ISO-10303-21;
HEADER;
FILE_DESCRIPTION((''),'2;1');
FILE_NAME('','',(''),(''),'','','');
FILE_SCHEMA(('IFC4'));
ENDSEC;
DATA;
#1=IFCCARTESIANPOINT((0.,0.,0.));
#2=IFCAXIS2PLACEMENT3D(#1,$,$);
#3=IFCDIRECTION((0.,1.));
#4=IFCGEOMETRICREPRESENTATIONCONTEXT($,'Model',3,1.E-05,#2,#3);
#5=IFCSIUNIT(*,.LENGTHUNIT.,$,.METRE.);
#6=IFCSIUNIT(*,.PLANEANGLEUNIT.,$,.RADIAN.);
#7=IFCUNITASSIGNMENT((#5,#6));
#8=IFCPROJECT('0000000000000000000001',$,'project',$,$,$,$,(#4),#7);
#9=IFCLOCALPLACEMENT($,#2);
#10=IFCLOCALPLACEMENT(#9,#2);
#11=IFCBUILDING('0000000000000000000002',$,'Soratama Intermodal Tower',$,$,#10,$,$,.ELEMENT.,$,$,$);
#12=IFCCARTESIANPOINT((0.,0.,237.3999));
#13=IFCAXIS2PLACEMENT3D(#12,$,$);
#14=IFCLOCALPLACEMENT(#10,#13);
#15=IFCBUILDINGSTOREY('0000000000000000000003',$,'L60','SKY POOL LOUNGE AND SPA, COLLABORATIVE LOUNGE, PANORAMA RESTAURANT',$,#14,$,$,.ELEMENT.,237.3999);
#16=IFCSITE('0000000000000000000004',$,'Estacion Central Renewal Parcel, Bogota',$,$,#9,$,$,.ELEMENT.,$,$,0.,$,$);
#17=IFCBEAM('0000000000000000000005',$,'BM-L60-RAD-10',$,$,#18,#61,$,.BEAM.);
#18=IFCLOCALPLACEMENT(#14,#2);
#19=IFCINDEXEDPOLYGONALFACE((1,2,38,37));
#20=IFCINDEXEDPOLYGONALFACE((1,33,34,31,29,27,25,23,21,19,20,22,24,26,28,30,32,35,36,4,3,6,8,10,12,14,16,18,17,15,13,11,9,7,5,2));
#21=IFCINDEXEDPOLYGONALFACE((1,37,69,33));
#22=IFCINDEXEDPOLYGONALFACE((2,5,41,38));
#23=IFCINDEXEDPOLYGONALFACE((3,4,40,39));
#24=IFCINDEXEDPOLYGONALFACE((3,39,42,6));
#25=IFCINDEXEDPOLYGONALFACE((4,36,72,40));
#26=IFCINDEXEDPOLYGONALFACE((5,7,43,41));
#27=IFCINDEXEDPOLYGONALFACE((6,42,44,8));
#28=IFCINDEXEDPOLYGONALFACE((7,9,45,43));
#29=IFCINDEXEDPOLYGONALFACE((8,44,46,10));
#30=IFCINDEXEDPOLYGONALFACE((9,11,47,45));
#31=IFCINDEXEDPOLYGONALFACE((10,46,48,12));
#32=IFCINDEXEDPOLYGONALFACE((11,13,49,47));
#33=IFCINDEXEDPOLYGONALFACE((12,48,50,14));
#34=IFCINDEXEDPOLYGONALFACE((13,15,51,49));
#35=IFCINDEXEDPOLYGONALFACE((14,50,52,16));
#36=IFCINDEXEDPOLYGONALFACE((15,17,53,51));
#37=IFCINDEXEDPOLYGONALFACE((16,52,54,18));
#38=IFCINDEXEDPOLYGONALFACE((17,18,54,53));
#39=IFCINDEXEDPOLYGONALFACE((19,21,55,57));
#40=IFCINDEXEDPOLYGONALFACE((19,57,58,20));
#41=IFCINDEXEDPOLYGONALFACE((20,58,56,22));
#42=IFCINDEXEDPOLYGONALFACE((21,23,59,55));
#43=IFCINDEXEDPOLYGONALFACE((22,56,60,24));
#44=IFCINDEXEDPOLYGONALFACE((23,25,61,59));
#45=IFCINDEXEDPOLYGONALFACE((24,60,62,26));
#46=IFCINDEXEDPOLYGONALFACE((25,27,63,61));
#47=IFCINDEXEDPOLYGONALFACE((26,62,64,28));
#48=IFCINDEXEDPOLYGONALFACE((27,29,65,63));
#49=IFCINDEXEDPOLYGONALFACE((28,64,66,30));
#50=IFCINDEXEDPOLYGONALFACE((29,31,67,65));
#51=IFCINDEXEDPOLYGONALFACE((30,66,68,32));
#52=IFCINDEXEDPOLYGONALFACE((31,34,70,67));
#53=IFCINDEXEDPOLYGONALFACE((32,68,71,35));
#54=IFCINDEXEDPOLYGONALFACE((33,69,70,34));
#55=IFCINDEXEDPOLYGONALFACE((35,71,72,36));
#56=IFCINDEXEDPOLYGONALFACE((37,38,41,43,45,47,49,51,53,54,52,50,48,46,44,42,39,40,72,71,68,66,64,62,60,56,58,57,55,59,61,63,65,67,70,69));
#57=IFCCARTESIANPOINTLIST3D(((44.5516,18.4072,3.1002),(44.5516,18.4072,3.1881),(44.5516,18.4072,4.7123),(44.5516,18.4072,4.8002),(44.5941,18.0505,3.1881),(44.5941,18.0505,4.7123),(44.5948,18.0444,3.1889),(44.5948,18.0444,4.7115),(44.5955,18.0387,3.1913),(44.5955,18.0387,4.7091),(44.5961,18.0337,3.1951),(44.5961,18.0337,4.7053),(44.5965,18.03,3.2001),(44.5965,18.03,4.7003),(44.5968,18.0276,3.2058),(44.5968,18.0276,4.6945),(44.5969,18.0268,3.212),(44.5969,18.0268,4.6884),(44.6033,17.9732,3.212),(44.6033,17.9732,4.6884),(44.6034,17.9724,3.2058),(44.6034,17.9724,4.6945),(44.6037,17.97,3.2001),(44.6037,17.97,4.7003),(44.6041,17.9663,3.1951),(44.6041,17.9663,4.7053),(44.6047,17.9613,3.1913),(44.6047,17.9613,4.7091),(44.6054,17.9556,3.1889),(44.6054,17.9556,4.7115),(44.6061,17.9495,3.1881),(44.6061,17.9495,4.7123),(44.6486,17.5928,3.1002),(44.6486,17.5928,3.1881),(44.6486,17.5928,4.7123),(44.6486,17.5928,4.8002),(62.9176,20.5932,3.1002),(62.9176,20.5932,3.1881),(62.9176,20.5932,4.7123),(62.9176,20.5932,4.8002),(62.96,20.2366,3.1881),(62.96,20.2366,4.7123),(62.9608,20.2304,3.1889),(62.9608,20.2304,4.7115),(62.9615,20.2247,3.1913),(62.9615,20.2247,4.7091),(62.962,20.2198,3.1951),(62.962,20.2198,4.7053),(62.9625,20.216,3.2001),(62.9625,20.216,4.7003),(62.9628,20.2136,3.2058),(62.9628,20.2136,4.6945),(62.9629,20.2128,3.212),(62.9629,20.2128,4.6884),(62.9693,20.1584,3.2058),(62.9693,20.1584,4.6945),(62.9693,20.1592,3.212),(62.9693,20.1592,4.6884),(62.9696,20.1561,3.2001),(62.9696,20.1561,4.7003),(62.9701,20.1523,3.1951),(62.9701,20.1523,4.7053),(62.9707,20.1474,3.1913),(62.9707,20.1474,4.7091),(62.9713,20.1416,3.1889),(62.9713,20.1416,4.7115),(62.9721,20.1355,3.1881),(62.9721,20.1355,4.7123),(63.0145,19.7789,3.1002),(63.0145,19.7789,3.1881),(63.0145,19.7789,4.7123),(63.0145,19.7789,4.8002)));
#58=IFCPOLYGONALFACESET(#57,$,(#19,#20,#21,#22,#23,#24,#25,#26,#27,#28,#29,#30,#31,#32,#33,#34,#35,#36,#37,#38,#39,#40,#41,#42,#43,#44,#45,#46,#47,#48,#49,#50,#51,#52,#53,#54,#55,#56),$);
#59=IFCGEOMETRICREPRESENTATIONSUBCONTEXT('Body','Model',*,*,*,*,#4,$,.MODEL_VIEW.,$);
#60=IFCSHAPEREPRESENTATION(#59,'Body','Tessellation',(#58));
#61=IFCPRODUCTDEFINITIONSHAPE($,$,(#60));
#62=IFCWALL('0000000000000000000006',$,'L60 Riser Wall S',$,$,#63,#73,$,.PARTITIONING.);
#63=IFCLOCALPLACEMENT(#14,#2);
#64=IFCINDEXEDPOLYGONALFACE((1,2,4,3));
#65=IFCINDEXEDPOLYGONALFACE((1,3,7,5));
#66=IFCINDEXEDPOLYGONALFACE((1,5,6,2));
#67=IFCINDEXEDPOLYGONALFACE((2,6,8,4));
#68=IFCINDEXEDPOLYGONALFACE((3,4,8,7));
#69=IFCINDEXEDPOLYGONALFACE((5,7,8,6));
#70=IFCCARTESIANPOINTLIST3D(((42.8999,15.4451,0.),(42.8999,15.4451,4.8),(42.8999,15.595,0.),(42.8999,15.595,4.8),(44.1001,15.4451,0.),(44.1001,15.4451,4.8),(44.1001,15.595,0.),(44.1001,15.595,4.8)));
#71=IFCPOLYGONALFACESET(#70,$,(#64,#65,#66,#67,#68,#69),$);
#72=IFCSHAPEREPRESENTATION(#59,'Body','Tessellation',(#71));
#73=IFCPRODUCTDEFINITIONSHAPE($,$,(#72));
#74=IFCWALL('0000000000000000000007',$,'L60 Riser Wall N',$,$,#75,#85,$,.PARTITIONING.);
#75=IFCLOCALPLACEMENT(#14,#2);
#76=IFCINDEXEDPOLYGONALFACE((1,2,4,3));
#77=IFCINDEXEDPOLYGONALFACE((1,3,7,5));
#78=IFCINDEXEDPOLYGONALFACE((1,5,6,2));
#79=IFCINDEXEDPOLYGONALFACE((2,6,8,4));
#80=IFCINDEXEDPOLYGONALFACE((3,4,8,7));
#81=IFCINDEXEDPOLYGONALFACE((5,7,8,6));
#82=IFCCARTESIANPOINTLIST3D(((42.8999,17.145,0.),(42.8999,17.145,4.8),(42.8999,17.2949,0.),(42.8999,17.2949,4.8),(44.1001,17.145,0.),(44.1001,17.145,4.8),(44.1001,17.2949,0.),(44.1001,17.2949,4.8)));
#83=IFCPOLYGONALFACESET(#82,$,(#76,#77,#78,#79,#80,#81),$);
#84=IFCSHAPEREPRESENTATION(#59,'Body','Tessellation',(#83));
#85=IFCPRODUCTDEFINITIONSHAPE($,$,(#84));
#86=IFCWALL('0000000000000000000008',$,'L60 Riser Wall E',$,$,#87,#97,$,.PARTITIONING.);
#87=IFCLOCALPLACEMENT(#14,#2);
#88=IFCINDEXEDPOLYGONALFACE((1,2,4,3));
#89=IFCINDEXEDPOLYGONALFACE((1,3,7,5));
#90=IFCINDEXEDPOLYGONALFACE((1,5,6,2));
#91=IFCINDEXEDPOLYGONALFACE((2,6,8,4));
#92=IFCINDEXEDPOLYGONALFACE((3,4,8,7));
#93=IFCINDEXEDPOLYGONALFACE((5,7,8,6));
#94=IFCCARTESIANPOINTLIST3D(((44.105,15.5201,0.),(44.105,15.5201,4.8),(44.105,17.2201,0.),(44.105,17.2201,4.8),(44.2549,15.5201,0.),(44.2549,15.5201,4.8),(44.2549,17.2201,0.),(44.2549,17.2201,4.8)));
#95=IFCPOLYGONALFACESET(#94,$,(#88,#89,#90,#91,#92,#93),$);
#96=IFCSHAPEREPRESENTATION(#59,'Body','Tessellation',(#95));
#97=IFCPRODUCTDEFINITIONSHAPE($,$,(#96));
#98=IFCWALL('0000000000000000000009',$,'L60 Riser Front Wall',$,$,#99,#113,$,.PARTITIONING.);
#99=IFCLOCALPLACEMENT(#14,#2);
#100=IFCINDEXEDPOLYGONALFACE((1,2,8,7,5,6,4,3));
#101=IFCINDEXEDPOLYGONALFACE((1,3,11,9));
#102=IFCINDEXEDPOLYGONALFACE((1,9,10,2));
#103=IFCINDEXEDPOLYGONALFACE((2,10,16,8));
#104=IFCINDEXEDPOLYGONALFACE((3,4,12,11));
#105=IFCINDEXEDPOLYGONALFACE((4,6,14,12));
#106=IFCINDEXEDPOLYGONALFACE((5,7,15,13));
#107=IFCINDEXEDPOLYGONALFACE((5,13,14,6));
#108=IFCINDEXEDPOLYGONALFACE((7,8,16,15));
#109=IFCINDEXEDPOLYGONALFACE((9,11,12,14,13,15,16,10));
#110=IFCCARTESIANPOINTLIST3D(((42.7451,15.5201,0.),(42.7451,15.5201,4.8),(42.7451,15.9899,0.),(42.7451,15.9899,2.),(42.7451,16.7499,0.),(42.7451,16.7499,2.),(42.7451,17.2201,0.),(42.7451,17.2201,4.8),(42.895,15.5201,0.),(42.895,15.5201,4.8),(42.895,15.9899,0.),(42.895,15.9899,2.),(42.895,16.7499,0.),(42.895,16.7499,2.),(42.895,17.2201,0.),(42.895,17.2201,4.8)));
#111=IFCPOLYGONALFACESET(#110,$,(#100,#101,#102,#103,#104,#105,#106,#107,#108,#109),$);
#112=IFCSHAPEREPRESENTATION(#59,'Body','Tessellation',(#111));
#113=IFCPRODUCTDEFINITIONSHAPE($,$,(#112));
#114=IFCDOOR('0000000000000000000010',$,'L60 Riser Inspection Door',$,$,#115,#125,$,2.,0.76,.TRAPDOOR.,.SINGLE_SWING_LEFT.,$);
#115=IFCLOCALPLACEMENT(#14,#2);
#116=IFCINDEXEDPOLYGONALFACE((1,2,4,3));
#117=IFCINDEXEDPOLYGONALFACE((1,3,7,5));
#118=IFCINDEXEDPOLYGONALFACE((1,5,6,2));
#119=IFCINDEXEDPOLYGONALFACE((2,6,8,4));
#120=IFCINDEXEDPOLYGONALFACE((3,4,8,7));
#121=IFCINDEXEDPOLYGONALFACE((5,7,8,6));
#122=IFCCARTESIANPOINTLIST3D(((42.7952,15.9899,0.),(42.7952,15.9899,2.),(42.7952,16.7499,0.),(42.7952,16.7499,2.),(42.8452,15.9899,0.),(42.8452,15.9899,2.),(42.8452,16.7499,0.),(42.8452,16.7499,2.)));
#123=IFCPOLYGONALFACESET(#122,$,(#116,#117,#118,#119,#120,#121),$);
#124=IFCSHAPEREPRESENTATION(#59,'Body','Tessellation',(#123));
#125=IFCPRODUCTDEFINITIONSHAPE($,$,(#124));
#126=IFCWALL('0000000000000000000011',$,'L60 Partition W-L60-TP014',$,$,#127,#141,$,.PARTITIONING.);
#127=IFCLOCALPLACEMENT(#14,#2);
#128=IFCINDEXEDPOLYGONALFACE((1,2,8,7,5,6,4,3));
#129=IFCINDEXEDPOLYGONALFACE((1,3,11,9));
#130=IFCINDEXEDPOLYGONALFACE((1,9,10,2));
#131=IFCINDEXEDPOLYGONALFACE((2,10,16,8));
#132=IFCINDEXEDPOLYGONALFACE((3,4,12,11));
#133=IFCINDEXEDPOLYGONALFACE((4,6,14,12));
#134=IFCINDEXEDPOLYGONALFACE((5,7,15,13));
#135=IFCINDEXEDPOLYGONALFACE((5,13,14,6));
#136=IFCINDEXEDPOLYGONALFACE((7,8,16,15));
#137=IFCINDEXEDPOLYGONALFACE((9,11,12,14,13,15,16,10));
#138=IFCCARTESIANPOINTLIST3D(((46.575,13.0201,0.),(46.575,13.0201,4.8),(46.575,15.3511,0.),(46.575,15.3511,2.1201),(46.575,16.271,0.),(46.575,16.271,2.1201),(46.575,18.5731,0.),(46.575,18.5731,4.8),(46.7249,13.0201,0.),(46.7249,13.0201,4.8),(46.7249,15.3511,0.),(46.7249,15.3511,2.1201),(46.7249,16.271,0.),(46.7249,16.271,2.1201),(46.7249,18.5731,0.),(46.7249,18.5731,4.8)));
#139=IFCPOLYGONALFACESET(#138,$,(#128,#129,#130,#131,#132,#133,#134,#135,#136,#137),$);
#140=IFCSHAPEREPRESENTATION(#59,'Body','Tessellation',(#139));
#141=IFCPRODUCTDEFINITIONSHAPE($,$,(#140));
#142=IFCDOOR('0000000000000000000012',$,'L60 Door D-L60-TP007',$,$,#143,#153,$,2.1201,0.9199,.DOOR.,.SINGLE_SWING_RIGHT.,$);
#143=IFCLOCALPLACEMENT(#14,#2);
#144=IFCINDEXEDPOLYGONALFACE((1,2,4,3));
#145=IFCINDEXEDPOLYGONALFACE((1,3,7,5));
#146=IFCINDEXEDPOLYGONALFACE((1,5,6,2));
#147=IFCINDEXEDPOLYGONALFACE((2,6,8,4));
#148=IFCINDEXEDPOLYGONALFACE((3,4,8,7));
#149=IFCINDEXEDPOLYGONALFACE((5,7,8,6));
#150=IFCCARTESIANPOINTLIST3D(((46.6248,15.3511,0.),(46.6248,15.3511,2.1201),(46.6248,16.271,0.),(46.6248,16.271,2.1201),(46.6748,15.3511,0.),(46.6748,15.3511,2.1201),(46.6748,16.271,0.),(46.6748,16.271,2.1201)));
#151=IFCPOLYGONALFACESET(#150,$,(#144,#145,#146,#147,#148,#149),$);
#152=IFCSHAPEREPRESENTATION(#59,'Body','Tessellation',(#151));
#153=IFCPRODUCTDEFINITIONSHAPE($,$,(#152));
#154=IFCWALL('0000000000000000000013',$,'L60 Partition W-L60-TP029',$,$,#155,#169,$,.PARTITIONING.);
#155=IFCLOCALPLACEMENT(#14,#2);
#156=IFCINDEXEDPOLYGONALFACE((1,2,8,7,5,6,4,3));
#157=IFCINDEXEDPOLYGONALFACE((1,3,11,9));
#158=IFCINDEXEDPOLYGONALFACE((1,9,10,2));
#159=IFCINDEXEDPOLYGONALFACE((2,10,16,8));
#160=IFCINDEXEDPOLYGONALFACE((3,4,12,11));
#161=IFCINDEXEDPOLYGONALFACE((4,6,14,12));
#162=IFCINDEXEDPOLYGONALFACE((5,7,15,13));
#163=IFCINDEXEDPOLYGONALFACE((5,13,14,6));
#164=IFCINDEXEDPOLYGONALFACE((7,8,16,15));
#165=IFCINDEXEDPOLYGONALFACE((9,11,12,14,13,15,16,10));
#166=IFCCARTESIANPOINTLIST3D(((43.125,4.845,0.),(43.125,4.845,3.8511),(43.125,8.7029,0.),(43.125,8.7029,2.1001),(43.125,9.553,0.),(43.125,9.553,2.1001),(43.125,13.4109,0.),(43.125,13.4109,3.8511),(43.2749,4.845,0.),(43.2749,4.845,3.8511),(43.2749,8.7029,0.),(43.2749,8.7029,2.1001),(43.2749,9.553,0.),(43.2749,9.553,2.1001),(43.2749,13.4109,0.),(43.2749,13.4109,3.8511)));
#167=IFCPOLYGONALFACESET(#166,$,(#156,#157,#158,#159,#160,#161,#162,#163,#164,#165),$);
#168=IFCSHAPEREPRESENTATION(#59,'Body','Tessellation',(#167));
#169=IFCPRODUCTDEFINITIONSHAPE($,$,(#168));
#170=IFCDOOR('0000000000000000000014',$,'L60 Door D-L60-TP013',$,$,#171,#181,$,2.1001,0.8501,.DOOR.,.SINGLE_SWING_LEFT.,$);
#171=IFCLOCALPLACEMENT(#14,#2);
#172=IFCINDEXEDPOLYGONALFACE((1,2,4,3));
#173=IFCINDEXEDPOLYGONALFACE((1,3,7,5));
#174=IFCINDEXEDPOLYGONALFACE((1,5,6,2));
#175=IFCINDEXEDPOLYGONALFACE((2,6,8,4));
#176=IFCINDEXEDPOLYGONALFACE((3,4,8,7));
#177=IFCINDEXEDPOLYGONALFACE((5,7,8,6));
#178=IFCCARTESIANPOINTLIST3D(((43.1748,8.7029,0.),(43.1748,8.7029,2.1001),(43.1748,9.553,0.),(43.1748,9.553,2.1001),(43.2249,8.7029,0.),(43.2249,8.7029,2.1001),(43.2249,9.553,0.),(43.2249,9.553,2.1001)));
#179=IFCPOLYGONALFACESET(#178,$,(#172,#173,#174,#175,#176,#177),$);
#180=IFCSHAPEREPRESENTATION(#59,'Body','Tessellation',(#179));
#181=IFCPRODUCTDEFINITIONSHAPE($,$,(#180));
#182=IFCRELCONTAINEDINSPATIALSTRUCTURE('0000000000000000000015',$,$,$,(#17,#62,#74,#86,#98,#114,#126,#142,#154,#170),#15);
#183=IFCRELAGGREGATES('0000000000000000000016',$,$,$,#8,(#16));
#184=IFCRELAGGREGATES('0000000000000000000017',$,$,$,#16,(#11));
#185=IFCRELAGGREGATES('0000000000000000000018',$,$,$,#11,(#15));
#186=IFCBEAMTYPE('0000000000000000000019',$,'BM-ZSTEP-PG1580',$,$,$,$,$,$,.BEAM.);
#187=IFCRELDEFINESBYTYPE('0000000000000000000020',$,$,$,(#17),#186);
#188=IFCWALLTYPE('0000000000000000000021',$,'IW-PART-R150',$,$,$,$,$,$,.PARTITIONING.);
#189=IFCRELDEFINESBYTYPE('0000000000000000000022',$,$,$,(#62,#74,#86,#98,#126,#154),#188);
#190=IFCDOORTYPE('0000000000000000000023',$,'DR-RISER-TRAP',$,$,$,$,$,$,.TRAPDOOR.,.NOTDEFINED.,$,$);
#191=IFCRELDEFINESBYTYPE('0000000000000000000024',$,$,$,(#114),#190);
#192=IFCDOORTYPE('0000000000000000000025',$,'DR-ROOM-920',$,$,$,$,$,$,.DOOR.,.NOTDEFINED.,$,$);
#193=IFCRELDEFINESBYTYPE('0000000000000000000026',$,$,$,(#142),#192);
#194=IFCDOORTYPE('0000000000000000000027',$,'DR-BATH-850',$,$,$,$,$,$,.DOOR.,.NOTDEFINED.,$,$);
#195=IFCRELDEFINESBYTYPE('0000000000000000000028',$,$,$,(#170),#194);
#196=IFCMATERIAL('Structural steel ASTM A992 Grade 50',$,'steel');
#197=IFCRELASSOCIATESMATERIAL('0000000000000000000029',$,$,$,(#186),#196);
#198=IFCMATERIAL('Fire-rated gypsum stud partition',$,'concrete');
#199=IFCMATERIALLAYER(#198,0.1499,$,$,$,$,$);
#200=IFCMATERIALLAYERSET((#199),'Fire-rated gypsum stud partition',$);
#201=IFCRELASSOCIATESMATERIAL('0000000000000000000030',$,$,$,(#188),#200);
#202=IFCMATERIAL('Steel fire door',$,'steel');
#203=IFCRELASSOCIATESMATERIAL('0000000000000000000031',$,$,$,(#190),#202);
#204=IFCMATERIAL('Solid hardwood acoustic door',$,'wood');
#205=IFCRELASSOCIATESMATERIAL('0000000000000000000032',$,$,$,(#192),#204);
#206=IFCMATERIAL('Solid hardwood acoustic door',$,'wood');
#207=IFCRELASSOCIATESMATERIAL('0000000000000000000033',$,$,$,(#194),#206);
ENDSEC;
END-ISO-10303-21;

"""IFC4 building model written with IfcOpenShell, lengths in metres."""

from ifc_helpers import new_model, si_unit, direction, frame, frame_2d, origin, origin_2d, place, context, subcontext, project, spatial, rectangle, i_section, extrude, material, layer, layer_set, material_profile, profile_set, type_object, element, fill, save


model = new_model("IFC4")

# Units and contexts
model_context = context("Model", 3, precision=1e-05, world=origin(), true_north=direction((0.0, 1.0)))
body_context = subcontext(model_context, "Body", "Model", "MODEL_VIEW")
ifc_project = project(units=[si_unit("LENGTHUNIT", "METRE"), si_unit("PLANEANGLEUNIT", "RADIAN")], contexts=[model_context])

# Site, building, storey
site_placement = place(None, origin())
site = spatial("IfcSite", under=ifc_project, at=site_placement, Name="Estacion Central Renewal Parcel, Bogota", CompositionType="ELEMENT", RefElevation=0.0)
building_placement = place(site_placement, origin())
building = spatial("IfcBuilding", under=site, at=building_placement, Name="Soratama Intermodal Tower", CompositionType="ELEMENT")
storey_placement = place(building_placement, frame((0.0, 0.0, 237.3999)))
storey = spatial("IfcBuildingStorey", under=building, at=storey_placement, Name="L60", Description="SKY POOL LOUNGE AND SPA, COLLABORATIVE LOUNGE, PANORAMA RESTAURANT", CompositionType="ELEMENT", Elevation=237.3999)

# Beam
ifc_material_1 = material(Name="Structural steel ASTM A992 Grade 50", Category="steel")
ifc_material_profile_1 = material_profile(ifc_material_1, i_section(OverallWidth=0.8201, OverallDepth=1.7, WebThickness=0.054, FlangeThickness=0.0879, FilletRadius=0.0239, at=origin_2d()), Name="PG1580X800")
ifc_profile_set_1 = profile_set([ifc_material_profile_1], Name="Structural steel ASTM A992 Grade 50")
beam_type_1 = type_object("IfcBeamType", Name="BM-ZSTEP-PG1580", PredefinedType="BEAM", material=ifc_profile_set_1)
beam_1_placement = place(storey_placement, frame((44.6001, 18.0, 3.9502), z_axis=(0.992991, 0.118192, 0.0), x_axis=(-0.118192, 0.992991, 0.0)))
element("IfcBeam", 1, at=beam_1_placement, inside=storey, type_object=beam_type_1, Name="BM-L60-RAD-10", PredefinedType="BEAM", context=body_context, shape_type="SweptSolid", body=[
    extrude(i_section(OverallWidth=0.8201, OverallDepth=1.7, WebThickness=0.054, FlangeThickness=0.0879, FilletRadius=0.0239, at=origin_2d()), origin(), (0.0, 0.0, 1.0), 18.4956),
])

# Walls
ifc_material_2 = material(Name="Fire-rated gypsum stud partition", Category="concrete")
ifc_layer_1 = layer(ifc_material_2, 0.1499)
ifc_layer_set_1 = layer_set([ifc_layer_1], Name="Fire-rated gypsum stud partition")
wall_type_1 = type_object("IfcWallType", Name="IW-PART-R150", PredefinedType="PARTITIONING", material=ifc_layer_set_1)
for number, where, z_axis, x_axis, name in (
    (2, (42.8999, 15.52, 0.0), (0.0, 0.0, 1.0), (1.0, 0.0, 0.0), "L60 Riser Wall S"),
    (3, (42.8999, 17.22, 0.0), (0.0, 0.0, 1.0), (1.0, 0.0, 0.0), "L60 Riser Wall N"),
):
    element("IfcWall", number, at=place(storey_placement, frame(where, z_axis=z_axis, x_axis=x_axis)), inside=storey, type_object=wall_type_1, Name=name, PredefinedType="PARTITIONING", context=body_context, shape_type="SweptSolid", body=[
        extrude(rectangle(XDim=1.2002, YDim=0.1499, at=frame_2d((0.6001, 0.0))), origin(), (0.0, 0.0, 1.0), 4.8),
    ])
wall_1_placement = place(storey_placement, frame((44.1799, 15.52, 0.0), z_axis=(0.0, 0.0, 1.0), x_axis=(0.0, 1.0, 0.0)))
element("IfcWall", 4, at=wall_1_placement, inside=storey, type_object=wall_type_1, Name="L60 Riser Wall E", PredefinedType="PARTITIONING", context=body_context, shape_type="SweptSolid", body=[
    extrude(rectangle(XDim=1.7, YDim=0.1499, at=frame_2d((0.8501, 0.0))), origin(), (0.0, 0.0, 1.0), 4.8),
])

# Walls, openings, doors
wall_2_placement = place(storey_placement, frame((42.8201, 15.52, 0.0), z_axis=(0.0, 0.0, 1.0), x_axis=(0.0, 1.0, 0.0)))
wall_2 = element("IfcWall", 5, at=wall_2_placement, inside=storey, type_object=wall_type_1, Name="L60 Riser Front Wall", PredefinedType="PARTITIONING", context=body_context, shape_type="SweptSolid", body=[
    extrude(rectangle(XDim=1.7, YDim=0.1499, at=frame_2d((0.8501, 0.0))), origin(), (0.0, 0.0, 1.0), 4.8),
])
opening_1_placement = place(wall_2_placement, frame((0.47, 0.0, 0.0)))
opening_1 = element("IfcOpeningElement", 6, at=opening_1_placement, cuts=wall_2, PredefinedType="OPENING", context=body_context, shape_type="SweptSolid", body=[
    extrude(rectangle(XDim=0.76, YDim=2.0, at=frame_2d((0.3799, 1.0))), frame((0.0, 0.085, 0.0), z_axis=(0.0, -1.0, 0.0), x_axis=(1.0, 0.0, 0.0)), (0.0, 0.0, 1.0), 0.1699),
])
ifc_material_3 = material(Name="Steel fire door", Category="steel")
door_type_1 = type_object("IfcDoorType", Name="DR-RISER-TRAP", OperationType="NOTDEFINED", PredefinedType="TRAPDOOR", material=ifc_material_3)
door_1_placement = place(opening_1_placement, origin())
door_1 = element("IfcDoor", 7, at=door_1_placement, inside=storey, type_object=door_type_1, Name="L60 Riser Inspection Door", OperationType="SINGLE_SWING_LEFT", OverallHeight=2.0, OverallWidth=0.76, PredefinedType="TRAPDOOR", context=body_context, shape_type="SweptSolid", body=[
    extrude(rectangle(XDim=0.76, YDim=2.0, at=frame_2d((0.3799, 1.0))), frame((0.0, 0.0249, 0.0), z_axis=(0.0, -1.0, 0.0), x_axis=(1.0, 0.0, 0.0)), (0.0, 0.0, 1.0), 0.05),
])
fill(opening_1, door_1)
wall_3_placement = place(storey_placement, frame((46.6499, 18.573, 0.0), z_axis=(0.0, 0.0, 1.0), x_axis=(0.0, -1.0, 0.0)))
wall_3 = element("IfcWall", 8, at=wall_3_placement, inside=storey, type_object=wall_type_1, Name="L60 Partition W-L60-TP014", PredefinedType="PARTITIONING", context=body_context, shape_type="SweptSolid", body=[
    extrude(rectangle(XDim=5.553, YDim=0.1499, at=frame_2d((2.7764, 0.0))), origin(), (0.0, 0.0, 1.0), 4.8),
])
opening_2_placement = place(wall_3_placement, frame((2.302, 0.0, 0.0)))
opening_2 = element("IfcOpeningElement", 9, at=opening_2_placement, cuts=wall_3, PredefinedType="OPENING", context=body_context, shape_type="SweptSolid", body=[
    extrude(rectangle(XDim=0.9199, YDim=2.1201, at=frame_2d((0.46, 1.0601))), frame((0.0, 0.085, 0.0), z_axis=(0.0, -1.0, 0.0), x_axis=(1.0, 0.0, 0.0)), (0.0, 0.0, 1.0), 0.1699),
])
ifc_material_4 = material(Name="Solid hardwood acoustic door", Category="wood")
door_type_2 = type_object("IfcDoorType", Name="DR-ROOM-920", OperationType="NOTDEFINED", PredefinedType="DOOR", material=ifc_material_4)
door_2_placement = place(opening_2_placement, origin())
door_2 = element("IfcDoor", 10, at=door_2_placement, inside=storey, type_object=door_type_2, Name="L60 Door D-L60-TP007", OperationType="SINGLE_SWING_RIGHT", OverallHeight=2.1201, OverallWidth=0.9199, PredefinedType="DOOR", context=body_context, shape_type="SweptSolid", body=[
    extrude(rectangle(XDim=0.9199, YDim=2.1201, at=frame_2d((0.46, 1.0601))), frame((0.0, 0.0249, 0.0), z_axis=(0.0, -1.0, 0.0), x_axis=(1.0, 0.0, 0.0)), (0.0, 0.0, 1.0), 0.05),
])
fill(opening_2, door_2)
wall_4_placement = place(storey_placement, frame((43.2, 13.4109, 0.0), z_axis=(0.0, 0.0, 1.0), x_axis=(0.0, -1.0, 0.0)))
wall_4 = element("IfcWall", 11, at=wall_4_placement, inside=storey, type_object=wall_type_1, Name="L60 Partition W-L60-TP029", PredefinedType="PARTITIONING", context=body_context, shape_type="SweptSolid", body=[
    extrude(rectangle(XDim=8.5659, YDim=0.1499, at=frame_2d((4.283, 0.0))), origin(), (0.0, 0.0, 1.0), 3.8511),
])
opening_3_placement = place(wall_4_placement, frame((3.8579, 0.0, 0.0)))
opening_3 = element("IfcOpeningElement", 12, at=opening_3_placement, cuts=wall_4, PredefinedType="OPENING", context=body_context, shape_type="SweptSolid", body=[
    extrude(rectangle(XDim=0.8501, YDim=2.1001, at=frame_2d((0.425, 1.05))), frame((0.0, 0.085, 0.0), z_axis=(0.0, -1.0, 0.0), x_axis=(1.0, 0.0, 0.0)), (0.0, 0.0, 1.0), 0.1699),
])
ifc_material_5 = material(Name="Solid hardwood acoustic door", Category="wood")
door_type_3 = type_object("IfcDoorType", Name="DR-BATH-850", OperationType="NOTDEFINED", PredefinedType="DOOR", material=ifc_material_5)
door_3_placement = place(opening_3_placement, origin())
door_3 = element("IfcDoor", 13, at=door_3_placement, inside=storey, type_object=door_type_3, Name="L60 Door D-L60-TP013", OperationType="SINGLE_SWING_LEFT", OverallHeight=2.1001, OverallWidth=0.8501, PredefinedType="DOOR", context=body_context, shape_type="SweptSolid", body=[
    extrude(rectangle(XDim=0.8501, YDim=2.1001, at=frame_2d((0.425, 1.05))), frame((0.0, 0.0249, 0.0), z_axis=(0.0, -1.0, 0.0), x_axis=(1.0, 0.0, 0.0)), (0.0, 0.0, 1.0), 0.05),
])
fill(opening_3, door_3)

save(model, "model.ifc")
